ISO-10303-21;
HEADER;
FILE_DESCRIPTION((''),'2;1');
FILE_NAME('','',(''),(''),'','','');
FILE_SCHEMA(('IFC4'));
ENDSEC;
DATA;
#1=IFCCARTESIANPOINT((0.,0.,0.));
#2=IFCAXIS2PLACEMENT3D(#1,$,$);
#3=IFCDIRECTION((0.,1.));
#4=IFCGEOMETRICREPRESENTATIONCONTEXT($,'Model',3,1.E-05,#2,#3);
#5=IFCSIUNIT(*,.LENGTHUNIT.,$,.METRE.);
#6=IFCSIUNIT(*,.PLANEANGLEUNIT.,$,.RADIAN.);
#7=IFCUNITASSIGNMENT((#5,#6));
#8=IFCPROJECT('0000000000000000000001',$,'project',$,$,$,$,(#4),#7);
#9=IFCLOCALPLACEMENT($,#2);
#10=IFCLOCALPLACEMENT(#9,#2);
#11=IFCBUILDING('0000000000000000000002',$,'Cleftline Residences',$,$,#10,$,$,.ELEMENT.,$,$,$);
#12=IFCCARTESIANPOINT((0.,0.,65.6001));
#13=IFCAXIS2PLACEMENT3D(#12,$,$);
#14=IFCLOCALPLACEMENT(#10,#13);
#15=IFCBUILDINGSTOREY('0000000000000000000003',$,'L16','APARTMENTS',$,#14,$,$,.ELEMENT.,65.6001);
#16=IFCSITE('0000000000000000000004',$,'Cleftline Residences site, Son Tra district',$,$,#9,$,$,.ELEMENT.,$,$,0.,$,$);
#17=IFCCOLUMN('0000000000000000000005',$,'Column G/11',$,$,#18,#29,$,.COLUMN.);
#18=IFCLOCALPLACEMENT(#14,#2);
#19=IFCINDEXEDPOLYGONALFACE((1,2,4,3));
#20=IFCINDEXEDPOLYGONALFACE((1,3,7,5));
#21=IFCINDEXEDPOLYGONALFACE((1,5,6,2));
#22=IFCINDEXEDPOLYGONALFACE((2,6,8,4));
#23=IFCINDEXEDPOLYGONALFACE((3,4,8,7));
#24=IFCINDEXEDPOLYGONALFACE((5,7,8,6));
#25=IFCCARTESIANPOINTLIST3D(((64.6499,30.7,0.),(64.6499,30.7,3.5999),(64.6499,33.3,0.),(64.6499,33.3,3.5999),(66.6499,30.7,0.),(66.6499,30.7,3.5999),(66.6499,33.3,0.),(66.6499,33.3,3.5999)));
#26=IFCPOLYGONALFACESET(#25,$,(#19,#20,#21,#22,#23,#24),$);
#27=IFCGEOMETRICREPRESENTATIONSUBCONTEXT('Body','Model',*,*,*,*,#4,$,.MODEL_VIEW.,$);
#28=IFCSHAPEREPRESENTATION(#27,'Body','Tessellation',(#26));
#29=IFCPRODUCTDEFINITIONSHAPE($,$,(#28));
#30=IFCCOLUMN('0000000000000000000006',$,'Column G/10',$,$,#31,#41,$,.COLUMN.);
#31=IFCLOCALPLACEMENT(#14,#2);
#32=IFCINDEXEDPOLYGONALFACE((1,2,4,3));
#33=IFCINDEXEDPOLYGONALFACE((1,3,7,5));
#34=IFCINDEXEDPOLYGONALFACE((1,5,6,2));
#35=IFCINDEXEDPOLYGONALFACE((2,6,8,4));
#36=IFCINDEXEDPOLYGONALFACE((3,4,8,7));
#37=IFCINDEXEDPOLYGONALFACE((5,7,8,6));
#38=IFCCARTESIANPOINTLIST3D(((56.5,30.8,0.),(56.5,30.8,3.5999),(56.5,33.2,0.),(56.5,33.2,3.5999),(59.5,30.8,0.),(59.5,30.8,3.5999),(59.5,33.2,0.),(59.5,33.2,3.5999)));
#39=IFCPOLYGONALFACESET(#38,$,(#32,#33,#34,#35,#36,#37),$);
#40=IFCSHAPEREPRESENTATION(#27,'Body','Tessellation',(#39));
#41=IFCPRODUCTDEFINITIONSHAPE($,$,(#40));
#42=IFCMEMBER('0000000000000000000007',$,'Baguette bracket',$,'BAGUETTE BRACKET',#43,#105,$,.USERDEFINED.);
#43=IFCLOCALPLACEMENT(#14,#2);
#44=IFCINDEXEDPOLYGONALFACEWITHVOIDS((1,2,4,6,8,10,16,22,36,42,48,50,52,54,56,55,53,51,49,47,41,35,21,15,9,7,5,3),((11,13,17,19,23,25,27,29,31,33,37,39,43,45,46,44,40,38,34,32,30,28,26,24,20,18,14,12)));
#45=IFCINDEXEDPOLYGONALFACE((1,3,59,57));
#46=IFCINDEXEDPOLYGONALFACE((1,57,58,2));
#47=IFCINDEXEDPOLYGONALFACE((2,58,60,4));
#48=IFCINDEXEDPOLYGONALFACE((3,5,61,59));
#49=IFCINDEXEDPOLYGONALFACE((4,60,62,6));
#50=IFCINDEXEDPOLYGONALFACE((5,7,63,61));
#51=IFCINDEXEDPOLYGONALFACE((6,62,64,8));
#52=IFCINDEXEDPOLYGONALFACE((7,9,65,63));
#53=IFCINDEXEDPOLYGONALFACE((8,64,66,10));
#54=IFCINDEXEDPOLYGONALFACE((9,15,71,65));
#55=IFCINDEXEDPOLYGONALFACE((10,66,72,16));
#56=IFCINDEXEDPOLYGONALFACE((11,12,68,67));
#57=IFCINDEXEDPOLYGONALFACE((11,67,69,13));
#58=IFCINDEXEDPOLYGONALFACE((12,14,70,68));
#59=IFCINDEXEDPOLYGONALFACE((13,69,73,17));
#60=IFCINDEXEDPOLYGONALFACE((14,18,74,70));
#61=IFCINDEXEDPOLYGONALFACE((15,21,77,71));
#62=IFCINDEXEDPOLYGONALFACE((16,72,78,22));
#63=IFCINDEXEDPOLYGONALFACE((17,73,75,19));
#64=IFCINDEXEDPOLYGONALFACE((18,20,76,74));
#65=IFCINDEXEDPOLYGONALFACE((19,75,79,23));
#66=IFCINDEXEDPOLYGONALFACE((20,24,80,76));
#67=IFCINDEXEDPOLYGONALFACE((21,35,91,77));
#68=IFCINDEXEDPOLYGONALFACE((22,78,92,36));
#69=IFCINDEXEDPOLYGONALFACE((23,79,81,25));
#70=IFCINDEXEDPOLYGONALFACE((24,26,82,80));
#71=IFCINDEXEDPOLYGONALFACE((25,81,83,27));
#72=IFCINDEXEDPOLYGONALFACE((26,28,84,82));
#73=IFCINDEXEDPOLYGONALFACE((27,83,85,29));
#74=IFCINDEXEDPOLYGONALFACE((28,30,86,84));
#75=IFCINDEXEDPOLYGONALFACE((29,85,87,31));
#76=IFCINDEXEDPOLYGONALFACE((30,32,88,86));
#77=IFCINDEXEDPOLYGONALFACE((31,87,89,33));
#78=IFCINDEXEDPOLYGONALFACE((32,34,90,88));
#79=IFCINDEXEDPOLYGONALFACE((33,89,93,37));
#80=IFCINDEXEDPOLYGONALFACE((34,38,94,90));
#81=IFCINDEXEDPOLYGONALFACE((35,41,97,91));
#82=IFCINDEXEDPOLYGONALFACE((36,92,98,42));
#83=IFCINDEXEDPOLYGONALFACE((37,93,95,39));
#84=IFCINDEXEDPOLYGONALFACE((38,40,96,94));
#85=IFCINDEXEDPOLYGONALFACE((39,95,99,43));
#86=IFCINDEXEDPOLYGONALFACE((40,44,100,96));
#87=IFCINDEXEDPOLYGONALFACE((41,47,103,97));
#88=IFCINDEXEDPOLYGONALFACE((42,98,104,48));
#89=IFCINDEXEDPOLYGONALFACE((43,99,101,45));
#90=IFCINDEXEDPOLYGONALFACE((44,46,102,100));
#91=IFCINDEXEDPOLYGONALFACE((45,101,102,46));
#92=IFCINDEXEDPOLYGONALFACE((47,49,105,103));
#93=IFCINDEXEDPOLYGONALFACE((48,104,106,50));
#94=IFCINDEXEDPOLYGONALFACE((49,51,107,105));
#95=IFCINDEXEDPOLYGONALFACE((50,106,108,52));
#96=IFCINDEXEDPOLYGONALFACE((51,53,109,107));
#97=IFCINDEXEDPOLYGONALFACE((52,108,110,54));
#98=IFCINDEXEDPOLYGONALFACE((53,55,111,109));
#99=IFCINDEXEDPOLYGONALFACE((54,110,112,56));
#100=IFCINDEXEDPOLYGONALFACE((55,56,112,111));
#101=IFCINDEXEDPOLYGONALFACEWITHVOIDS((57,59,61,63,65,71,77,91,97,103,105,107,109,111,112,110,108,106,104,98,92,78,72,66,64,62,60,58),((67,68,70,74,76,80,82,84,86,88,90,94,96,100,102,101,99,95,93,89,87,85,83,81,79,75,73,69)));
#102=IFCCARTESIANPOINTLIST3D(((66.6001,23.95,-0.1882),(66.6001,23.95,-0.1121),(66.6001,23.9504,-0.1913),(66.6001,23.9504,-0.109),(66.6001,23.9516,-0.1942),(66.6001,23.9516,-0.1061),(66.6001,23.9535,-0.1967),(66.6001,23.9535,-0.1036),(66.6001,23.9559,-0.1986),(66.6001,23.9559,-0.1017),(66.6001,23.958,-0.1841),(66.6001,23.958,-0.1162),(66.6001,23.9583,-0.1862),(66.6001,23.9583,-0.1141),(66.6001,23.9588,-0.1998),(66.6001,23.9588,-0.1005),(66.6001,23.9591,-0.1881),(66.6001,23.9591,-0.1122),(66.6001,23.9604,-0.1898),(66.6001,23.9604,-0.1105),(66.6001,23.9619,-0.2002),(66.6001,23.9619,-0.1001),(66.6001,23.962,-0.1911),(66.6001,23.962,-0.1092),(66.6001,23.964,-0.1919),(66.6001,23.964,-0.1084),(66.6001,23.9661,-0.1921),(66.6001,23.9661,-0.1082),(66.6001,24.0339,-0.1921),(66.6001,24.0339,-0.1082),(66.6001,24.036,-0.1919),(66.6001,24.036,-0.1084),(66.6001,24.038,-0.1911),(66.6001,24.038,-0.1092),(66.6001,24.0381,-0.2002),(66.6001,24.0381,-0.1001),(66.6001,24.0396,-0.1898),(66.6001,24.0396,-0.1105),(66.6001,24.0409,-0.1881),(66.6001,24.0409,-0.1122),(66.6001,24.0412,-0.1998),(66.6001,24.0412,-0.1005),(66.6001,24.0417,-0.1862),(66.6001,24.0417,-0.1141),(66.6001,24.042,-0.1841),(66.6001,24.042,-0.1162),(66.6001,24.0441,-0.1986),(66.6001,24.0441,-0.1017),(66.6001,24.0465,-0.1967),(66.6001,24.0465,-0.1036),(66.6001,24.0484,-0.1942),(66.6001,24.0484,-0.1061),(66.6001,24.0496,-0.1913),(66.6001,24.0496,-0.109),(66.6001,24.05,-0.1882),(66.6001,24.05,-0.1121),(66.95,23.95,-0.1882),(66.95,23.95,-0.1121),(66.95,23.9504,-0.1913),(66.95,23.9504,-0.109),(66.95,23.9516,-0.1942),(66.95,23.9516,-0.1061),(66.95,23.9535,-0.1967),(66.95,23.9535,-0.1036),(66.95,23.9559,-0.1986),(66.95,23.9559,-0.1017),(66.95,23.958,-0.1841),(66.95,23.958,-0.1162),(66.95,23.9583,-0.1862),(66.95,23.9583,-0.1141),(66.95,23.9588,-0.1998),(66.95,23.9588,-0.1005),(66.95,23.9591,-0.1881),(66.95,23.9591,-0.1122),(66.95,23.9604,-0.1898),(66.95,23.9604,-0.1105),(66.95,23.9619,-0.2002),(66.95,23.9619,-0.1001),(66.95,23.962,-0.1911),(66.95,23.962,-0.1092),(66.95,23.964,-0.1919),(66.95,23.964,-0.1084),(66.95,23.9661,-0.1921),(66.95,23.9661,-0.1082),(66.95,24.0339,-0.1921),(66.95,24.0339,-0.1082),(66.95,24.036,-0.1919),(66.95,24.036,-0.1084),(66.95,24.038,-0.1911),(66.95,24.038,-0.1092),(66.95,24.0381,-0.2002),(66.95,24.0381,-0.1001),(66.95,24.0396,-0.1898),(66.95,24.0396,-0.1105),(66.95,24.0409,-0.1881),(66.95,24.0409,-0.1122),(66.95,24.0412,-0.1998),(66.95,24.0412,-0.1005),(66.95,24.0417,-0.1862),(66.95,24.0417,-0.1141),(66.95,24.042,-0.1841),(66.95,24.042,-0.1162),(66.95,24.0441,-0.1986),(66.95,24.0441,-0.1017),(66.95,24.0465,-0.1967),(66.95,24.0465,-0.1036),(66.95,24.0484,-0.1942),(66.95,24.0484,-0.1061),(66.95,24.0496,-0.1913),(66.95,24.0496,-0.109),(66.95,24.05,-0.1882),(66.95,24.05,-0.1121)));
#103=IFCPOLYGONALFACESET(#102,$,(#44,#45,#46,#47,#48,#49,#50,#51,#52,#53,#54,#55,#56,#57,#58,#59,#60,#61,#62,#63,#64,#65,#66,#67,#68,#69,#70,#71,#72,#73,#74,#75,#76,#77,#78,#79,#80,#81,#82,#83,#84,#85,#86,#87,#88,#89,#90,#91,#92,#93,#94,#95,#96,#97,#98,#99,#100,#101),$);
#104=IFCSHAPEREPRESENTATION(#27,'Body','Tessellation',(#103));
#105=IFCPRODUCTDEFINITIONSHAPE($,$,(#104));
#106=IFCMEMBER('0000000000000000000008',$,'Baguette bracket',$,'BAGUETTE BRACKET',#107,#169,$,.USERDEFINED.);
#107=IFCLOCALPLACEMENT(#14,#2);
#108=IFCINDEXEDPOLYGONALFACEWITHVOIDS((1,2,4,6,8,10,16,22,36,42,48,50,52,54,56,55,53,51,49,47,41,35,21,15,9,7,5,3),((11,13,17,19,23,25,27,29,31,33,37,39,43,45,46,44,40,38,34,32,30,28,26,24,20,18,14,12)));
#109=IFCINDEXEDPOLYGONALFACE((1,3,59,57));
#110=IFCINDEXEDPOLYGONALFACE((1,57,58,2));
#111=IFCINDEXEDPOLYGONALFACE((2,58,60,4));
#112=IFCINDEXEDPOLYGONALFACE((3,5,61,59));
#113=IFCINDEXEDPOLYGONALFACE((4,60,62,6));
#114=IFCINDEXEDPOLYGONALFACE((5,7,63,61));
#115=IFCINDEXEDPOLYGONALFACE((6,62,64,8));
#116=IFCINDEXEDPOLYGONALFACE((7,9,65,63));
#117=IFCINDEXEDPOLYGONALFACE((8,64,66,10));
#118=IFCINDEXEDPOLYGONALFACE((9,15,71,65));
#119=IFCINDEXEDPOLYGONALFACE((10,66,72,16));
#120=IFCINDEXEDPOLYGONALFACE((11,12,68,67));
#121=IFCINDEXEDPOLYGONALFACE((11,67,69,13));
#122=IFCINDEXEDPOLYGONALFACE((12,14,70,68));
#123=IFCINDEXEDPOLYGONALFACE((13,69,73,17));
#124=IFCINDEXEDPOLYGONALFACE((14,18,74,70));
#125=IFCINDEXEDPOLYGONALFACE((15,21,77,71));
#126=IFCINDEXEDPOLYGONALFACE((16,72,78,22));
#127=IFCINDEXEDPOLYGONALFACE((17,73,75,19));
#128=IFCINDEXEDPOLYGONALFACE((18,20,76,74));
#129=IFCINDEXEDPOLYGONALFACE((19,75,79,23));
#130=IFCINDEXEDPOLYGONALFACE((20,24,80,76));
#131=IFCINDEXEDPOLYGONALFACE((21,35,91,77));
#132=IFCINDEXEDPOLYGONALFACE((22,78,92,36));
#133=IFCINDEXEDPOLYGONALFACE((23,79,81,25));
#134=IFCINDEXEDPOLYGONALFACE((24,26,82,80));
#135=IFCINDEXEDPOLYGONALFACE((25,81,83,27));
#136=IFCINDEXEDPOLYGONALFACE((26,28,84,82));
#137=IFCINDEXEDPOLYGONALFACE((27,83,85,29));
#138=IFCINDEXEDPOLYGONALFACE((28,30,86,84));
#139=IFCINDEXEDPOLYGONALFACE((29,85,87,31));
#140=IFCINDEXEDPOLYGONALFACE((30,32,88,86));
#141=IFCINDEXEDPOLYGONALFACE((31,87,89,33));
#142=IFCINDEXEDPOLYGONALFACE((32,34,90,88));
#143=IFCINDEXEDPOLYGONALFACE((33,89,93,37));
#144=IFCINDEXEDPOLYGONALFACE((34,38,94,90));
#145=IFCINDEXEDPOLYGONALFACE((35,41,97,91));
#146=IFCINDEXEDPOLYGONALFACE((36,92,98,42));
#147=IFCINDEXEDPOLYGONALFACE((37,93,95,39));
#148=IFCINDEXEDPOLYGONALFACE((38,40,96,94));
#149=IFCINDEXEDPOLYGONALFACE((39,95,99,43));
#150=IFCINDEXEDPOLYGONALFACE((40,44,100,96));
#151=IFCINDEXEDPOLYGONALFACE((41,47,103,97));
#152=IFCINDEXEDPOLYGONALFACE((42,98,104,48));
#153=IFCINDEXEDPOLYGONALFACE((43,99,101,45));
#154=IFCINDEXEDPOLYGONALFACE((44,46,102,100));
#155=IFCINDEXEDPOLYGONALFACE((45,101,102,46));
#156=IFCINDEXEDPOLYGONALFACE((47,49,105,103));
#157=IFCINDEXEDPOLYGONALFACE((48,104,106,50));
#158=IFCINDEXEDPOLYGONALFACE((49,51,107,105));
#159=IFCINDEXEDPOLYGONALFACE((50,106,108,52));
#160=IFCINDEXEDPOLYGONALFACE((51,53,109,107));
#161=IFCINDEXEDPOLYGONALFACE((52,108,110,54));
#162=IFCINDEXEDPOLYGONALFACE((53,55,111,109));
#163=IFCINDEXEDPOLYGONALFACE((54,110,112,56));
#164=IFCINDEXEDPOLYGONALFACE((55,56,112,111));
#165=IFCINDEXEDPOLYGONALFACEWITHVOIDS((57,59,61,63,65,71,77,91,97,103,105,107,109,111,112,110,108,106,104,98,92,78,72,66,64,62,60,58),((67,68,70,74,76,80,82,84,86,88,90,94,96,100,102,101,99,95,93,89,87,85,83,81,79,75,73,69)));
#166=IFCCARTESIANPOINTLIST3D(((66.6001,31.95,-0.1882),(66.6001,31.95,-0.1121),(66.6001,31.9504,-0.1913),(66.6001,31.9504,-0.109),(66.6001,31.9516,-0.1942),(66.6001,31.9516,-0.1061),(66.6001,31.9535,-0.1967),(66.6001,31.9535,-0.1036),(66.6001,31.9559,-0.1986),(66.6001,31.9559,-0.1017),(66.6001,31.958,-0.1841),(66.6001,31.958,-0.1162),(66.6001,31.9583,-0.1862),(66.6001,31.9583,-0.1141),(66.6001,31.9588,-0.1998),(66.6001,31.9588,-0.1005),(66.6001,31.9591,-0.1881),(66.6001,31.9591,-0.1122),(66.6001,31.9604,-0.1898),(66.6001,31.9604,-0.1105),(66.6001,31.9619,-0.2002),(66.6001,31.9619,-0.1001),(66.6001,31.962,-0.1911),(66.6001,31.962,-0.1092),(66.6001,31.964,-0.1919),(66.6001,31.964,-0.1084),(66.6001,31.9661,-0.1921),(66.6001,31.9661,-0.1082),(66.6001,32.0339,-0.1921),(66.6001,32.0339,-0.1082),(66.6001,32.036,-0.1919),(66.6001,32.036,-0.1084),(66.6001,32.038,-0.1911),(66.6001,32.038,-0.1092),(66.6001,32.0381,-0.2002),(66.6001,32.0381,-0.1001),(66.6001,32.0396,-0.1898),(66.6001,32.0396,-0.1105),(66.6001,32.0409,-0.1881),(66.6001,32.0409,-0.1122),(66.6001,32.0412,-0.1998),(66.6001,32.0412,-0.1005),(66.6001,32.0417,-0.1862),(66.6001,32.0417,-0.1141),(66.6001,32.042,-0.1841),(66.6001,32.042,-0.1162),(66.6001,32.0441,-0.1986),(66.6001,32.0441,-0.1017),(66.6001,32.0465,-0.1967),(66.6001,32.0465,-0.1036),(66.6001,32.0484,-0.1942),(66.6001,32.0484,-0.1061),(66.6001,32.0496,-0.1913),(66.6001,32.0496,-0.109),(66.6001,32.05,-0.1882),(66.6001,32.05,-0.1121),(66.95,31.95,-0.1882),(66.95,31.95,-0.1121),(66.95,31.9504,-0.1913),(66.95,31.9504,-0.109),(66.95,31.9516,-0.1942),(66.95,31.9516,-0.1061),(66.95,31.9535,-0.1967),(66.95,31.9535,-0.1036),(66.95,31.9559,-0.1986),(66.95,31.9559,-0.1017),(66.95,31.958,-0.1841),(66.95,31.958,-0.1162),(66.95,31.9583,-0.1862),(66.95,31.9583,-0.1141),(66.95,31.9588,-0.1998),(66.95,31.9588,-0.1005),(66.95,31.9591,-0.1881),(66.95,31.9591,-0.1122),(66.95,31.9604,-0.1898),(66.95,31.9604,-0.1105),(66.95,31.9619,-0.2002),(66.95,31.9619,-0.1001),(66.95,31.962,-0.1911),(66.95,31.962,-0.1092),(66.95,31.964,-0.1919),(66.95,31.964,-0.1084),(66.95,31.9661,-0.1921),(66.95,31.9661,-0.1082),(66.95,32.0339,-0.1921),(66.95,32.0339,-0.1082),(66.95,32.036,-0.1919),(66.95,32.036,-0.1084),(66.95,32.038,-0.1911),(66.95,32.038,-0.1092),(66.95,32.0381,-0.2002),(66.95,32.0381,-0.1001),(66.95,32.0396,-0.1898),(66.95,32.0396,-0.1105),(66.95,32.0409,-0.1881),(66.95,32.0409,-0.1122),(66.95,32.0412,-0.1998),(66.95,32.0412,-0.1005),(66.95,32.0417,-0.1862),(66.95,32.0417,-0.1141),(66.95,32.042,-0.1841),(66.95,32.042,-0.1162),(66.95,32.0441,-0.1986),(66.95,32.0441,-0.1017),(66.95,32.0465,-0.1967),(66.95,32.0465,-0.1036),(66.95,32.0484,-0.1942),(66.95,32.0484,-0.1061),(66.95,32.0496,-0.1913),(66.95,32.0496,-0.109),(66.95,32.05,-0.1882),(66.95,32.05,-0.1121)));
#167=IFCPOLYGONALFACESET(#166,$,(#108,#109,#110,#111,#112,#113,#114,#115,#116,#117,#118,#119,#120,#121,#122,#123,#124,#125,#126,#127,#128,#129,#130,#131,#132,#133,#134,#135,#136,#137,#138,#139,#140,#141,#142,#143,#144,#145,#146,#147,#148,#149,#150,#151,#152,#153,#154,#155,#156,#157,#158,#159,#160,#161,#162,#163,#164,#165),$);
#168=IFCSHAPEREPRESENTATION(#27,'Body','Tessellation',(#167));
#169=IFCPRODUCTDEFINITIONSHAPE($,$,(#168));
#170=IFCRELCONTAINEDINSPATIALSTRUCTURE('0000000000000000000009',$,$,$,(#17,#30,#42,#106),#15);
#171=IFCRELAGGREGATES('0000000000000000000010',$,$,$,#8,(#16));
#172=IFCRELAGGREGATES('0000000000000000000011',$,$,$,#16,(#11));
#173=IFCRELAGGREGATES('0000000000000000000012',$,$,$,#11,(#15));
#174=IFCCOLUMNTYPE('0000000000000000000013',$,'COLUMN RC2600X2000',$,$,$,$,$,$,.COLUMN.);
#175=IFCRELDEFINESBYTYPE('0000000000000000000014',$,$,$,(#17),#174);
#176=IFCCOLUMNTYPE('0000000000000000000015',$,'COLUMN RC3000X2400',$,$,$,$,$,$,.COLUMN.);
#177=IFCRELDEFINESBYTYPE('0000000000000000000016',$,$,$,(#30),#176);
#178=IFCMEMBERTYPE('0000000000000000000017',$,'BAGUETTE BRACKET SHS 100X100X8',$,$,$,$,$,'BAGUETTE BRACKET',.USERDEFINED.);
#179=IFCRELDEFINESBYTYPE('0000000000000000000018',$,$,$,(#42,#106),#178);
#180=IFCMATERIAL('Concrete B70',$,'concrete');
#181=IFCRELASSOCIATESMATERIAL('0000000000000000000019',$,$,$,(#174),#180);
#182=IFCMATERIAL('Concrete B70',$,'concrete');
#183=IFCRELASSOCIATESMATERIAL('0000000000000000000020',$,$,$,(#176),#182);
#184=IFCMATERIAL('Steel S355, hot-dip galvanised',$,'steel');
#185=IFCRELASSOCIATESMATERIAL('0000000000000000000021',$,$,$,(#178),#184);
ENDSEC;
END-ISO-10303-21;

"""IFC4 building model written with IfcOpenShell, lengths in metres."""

from ifc_helpers import new_model, si_unit, direction, frame, origin, origin_2d, place, context, subcontext, project, spatial, rectangle, hollow_rectangle, extrude, material, material_profile, profile_set, type_object, element, save


model = new_model("IFC4")

# Units and contexts
model_context = context("Model", 3, precision=1e-05, world=origin(), true_north=direction((0.0, 1.0)))
body_context = subcontext(model_context, "Body", "Model", "MODEL_VIEW")
ifc_project = project(units=[si_unit("LENGTHUNIT", "METRE"), si_unit("PLANEANGLEUNIT", "RADIAN")], contexts=[model_context])

# Site, building, storey
site_placement = place(None, origin())
site = spatial("IfcSite", under=ifc_project, at=site_placement, Name="Cleftline Residences site, Son Tra district", CompositionType="ELEMENT", RefElevation=0.0)
building_placement = place(site_placement, origin())
building = spatial("IfcBuilding", under=site, at=building_placement, Name="Cleftline Residences", CompositionType="ELEMENT")
storey_placement = place(building_placement, frame((0.0, 0.0, 65.6001)))
storey = spatial("IfcBuildingStorey", under=building, at=storey_placement, Name="L16", Description="APARTMENTS", CompositionType="ELEMENT", Elevation=65.6001)

# Columns
ifc_material_1 = material(Name="Concrete B70", Category="concrete")
ifc_material_profile_1 = material_profile(ifc_material_1, rectangle(XDim=2.6001, YDim=2.0, at=origin_2d()))
ifc_profile_set_1 = profile_set([ifc_material_profile_1], Name="Concrete B70")
column_type_1 = type_object("IfcColumnType", Name="COLUMN RC2600X2000", PredefinedType="COLUMN", material=ifc_profile_set_1)
column_1_placement = place(storey_placement, frame((65.6499, 32.0, 0.0), z_axis=(0.0, 0.0, 1.0), x_axis=(0.0, 1.0, 0.0)))
element("IfcColumn", 1, at=column_1_placement, inside=storey, type_object=column_type_1, Name="Column G/11", PredefinedType="COLUMN", context=body_context, shape_type="SweptSolid", body=[
    extrude(rectangle(XDim=2.6001, YDim=2.0, at=origin_2d()), origin(), (0.0, 0.0, 1.0), 3.5999),
])
ifc_material_2 = material(Name="Concrete B70", Category="concrete")
ifc_material_profile_2 = material_profile(ifc_material_2, rectangle(XDim=3.0, YDim=2.3999, at=origin_2d()))
ifc_profile_set_2 = profile_set([ifc_material_profile_2], Name="Concrete B70")
column_type_2 = type_object("IfcColumnType", Name="COLUMN RC3000X2400", PredefinedType="COLUMN", material=ifc_profile_set_2)
column_2_placement = place(storey_placement, frame((58.0, 32.0, 0.0), z_axis=(0.0, 0.0, 1.0), x_axis=(1.0, 0.0, 0.0)))
element("IfcColumn", 2, at=column_2_placement, inside=storey, type_object=column_type_2, Name="Column G/10", PredefinedType="COLUMN", context=body_context, shape_type="SweptSolid", body=[
    extrude(rectangle(XDim=3.0, YDim=2.3999, at=origin_2d()), origin(), (0.0, 0.0, 1.0), 3.5999),
])

# Members
ifc_material_3 = material(Name="Steel S355, hot-dip galvanised", Category="steel")
ifc_material_profile_3 = material_profile(ifc_material_3, hollow_rectangle(XDim=0.1001, YDim=0.1001, WallThickness=0.0081, InnerFilletRadius=0.0081, OuterFilletRadius=0.012, at=origin_2d()))
ifc_profile_set_3 = profile_set([ifc_material_profile_3], Name="Steel S355, hot-dip galvanised")
member_type_1 = type_object("IfcMemberType", Name="BAGUETTE BRACKET SHS 100X100X8", ElementType="BAGUETTE BRACKET", PredefinedType="USERDEFINED", material=ifc_profile_set_3)
for number, where, z_axis, x_axis, name in (
    (3, (66.6001, 24.0, -0.1501), (1.0, 0.0, 0.0), (0.0, 1.0, 0.0), "Baguette bracket"),
    (4, (66.6001, 32.0, -0.1501), (1.0, 0.0, 0.0), (0.0, 1.0, 0.0), "Baguette bracket"),
):
    element("IfcMember", number, at=place(storey_placement, frame(where, z_axis=z_axis, x_axis=x_axis)), inside=storey, type_object=member_type_1, Name=name, ObjectType="BAGUETTE BRACKET", PredefinedType="USERDEFINED", context=body_context, shape_type="SweptSolid", body=[
        extrude(hollow_rectangle(XDim=0.1001, YDim=0.1001, WallThickness=0.0081, InnerFilletRadius=0.0081, OuterFilletRadius=0.012, at=origin_2d()), origin(), (0.0, 0.0, 1.0), 0.3499),
    ])

save(model, "model.ifc")
